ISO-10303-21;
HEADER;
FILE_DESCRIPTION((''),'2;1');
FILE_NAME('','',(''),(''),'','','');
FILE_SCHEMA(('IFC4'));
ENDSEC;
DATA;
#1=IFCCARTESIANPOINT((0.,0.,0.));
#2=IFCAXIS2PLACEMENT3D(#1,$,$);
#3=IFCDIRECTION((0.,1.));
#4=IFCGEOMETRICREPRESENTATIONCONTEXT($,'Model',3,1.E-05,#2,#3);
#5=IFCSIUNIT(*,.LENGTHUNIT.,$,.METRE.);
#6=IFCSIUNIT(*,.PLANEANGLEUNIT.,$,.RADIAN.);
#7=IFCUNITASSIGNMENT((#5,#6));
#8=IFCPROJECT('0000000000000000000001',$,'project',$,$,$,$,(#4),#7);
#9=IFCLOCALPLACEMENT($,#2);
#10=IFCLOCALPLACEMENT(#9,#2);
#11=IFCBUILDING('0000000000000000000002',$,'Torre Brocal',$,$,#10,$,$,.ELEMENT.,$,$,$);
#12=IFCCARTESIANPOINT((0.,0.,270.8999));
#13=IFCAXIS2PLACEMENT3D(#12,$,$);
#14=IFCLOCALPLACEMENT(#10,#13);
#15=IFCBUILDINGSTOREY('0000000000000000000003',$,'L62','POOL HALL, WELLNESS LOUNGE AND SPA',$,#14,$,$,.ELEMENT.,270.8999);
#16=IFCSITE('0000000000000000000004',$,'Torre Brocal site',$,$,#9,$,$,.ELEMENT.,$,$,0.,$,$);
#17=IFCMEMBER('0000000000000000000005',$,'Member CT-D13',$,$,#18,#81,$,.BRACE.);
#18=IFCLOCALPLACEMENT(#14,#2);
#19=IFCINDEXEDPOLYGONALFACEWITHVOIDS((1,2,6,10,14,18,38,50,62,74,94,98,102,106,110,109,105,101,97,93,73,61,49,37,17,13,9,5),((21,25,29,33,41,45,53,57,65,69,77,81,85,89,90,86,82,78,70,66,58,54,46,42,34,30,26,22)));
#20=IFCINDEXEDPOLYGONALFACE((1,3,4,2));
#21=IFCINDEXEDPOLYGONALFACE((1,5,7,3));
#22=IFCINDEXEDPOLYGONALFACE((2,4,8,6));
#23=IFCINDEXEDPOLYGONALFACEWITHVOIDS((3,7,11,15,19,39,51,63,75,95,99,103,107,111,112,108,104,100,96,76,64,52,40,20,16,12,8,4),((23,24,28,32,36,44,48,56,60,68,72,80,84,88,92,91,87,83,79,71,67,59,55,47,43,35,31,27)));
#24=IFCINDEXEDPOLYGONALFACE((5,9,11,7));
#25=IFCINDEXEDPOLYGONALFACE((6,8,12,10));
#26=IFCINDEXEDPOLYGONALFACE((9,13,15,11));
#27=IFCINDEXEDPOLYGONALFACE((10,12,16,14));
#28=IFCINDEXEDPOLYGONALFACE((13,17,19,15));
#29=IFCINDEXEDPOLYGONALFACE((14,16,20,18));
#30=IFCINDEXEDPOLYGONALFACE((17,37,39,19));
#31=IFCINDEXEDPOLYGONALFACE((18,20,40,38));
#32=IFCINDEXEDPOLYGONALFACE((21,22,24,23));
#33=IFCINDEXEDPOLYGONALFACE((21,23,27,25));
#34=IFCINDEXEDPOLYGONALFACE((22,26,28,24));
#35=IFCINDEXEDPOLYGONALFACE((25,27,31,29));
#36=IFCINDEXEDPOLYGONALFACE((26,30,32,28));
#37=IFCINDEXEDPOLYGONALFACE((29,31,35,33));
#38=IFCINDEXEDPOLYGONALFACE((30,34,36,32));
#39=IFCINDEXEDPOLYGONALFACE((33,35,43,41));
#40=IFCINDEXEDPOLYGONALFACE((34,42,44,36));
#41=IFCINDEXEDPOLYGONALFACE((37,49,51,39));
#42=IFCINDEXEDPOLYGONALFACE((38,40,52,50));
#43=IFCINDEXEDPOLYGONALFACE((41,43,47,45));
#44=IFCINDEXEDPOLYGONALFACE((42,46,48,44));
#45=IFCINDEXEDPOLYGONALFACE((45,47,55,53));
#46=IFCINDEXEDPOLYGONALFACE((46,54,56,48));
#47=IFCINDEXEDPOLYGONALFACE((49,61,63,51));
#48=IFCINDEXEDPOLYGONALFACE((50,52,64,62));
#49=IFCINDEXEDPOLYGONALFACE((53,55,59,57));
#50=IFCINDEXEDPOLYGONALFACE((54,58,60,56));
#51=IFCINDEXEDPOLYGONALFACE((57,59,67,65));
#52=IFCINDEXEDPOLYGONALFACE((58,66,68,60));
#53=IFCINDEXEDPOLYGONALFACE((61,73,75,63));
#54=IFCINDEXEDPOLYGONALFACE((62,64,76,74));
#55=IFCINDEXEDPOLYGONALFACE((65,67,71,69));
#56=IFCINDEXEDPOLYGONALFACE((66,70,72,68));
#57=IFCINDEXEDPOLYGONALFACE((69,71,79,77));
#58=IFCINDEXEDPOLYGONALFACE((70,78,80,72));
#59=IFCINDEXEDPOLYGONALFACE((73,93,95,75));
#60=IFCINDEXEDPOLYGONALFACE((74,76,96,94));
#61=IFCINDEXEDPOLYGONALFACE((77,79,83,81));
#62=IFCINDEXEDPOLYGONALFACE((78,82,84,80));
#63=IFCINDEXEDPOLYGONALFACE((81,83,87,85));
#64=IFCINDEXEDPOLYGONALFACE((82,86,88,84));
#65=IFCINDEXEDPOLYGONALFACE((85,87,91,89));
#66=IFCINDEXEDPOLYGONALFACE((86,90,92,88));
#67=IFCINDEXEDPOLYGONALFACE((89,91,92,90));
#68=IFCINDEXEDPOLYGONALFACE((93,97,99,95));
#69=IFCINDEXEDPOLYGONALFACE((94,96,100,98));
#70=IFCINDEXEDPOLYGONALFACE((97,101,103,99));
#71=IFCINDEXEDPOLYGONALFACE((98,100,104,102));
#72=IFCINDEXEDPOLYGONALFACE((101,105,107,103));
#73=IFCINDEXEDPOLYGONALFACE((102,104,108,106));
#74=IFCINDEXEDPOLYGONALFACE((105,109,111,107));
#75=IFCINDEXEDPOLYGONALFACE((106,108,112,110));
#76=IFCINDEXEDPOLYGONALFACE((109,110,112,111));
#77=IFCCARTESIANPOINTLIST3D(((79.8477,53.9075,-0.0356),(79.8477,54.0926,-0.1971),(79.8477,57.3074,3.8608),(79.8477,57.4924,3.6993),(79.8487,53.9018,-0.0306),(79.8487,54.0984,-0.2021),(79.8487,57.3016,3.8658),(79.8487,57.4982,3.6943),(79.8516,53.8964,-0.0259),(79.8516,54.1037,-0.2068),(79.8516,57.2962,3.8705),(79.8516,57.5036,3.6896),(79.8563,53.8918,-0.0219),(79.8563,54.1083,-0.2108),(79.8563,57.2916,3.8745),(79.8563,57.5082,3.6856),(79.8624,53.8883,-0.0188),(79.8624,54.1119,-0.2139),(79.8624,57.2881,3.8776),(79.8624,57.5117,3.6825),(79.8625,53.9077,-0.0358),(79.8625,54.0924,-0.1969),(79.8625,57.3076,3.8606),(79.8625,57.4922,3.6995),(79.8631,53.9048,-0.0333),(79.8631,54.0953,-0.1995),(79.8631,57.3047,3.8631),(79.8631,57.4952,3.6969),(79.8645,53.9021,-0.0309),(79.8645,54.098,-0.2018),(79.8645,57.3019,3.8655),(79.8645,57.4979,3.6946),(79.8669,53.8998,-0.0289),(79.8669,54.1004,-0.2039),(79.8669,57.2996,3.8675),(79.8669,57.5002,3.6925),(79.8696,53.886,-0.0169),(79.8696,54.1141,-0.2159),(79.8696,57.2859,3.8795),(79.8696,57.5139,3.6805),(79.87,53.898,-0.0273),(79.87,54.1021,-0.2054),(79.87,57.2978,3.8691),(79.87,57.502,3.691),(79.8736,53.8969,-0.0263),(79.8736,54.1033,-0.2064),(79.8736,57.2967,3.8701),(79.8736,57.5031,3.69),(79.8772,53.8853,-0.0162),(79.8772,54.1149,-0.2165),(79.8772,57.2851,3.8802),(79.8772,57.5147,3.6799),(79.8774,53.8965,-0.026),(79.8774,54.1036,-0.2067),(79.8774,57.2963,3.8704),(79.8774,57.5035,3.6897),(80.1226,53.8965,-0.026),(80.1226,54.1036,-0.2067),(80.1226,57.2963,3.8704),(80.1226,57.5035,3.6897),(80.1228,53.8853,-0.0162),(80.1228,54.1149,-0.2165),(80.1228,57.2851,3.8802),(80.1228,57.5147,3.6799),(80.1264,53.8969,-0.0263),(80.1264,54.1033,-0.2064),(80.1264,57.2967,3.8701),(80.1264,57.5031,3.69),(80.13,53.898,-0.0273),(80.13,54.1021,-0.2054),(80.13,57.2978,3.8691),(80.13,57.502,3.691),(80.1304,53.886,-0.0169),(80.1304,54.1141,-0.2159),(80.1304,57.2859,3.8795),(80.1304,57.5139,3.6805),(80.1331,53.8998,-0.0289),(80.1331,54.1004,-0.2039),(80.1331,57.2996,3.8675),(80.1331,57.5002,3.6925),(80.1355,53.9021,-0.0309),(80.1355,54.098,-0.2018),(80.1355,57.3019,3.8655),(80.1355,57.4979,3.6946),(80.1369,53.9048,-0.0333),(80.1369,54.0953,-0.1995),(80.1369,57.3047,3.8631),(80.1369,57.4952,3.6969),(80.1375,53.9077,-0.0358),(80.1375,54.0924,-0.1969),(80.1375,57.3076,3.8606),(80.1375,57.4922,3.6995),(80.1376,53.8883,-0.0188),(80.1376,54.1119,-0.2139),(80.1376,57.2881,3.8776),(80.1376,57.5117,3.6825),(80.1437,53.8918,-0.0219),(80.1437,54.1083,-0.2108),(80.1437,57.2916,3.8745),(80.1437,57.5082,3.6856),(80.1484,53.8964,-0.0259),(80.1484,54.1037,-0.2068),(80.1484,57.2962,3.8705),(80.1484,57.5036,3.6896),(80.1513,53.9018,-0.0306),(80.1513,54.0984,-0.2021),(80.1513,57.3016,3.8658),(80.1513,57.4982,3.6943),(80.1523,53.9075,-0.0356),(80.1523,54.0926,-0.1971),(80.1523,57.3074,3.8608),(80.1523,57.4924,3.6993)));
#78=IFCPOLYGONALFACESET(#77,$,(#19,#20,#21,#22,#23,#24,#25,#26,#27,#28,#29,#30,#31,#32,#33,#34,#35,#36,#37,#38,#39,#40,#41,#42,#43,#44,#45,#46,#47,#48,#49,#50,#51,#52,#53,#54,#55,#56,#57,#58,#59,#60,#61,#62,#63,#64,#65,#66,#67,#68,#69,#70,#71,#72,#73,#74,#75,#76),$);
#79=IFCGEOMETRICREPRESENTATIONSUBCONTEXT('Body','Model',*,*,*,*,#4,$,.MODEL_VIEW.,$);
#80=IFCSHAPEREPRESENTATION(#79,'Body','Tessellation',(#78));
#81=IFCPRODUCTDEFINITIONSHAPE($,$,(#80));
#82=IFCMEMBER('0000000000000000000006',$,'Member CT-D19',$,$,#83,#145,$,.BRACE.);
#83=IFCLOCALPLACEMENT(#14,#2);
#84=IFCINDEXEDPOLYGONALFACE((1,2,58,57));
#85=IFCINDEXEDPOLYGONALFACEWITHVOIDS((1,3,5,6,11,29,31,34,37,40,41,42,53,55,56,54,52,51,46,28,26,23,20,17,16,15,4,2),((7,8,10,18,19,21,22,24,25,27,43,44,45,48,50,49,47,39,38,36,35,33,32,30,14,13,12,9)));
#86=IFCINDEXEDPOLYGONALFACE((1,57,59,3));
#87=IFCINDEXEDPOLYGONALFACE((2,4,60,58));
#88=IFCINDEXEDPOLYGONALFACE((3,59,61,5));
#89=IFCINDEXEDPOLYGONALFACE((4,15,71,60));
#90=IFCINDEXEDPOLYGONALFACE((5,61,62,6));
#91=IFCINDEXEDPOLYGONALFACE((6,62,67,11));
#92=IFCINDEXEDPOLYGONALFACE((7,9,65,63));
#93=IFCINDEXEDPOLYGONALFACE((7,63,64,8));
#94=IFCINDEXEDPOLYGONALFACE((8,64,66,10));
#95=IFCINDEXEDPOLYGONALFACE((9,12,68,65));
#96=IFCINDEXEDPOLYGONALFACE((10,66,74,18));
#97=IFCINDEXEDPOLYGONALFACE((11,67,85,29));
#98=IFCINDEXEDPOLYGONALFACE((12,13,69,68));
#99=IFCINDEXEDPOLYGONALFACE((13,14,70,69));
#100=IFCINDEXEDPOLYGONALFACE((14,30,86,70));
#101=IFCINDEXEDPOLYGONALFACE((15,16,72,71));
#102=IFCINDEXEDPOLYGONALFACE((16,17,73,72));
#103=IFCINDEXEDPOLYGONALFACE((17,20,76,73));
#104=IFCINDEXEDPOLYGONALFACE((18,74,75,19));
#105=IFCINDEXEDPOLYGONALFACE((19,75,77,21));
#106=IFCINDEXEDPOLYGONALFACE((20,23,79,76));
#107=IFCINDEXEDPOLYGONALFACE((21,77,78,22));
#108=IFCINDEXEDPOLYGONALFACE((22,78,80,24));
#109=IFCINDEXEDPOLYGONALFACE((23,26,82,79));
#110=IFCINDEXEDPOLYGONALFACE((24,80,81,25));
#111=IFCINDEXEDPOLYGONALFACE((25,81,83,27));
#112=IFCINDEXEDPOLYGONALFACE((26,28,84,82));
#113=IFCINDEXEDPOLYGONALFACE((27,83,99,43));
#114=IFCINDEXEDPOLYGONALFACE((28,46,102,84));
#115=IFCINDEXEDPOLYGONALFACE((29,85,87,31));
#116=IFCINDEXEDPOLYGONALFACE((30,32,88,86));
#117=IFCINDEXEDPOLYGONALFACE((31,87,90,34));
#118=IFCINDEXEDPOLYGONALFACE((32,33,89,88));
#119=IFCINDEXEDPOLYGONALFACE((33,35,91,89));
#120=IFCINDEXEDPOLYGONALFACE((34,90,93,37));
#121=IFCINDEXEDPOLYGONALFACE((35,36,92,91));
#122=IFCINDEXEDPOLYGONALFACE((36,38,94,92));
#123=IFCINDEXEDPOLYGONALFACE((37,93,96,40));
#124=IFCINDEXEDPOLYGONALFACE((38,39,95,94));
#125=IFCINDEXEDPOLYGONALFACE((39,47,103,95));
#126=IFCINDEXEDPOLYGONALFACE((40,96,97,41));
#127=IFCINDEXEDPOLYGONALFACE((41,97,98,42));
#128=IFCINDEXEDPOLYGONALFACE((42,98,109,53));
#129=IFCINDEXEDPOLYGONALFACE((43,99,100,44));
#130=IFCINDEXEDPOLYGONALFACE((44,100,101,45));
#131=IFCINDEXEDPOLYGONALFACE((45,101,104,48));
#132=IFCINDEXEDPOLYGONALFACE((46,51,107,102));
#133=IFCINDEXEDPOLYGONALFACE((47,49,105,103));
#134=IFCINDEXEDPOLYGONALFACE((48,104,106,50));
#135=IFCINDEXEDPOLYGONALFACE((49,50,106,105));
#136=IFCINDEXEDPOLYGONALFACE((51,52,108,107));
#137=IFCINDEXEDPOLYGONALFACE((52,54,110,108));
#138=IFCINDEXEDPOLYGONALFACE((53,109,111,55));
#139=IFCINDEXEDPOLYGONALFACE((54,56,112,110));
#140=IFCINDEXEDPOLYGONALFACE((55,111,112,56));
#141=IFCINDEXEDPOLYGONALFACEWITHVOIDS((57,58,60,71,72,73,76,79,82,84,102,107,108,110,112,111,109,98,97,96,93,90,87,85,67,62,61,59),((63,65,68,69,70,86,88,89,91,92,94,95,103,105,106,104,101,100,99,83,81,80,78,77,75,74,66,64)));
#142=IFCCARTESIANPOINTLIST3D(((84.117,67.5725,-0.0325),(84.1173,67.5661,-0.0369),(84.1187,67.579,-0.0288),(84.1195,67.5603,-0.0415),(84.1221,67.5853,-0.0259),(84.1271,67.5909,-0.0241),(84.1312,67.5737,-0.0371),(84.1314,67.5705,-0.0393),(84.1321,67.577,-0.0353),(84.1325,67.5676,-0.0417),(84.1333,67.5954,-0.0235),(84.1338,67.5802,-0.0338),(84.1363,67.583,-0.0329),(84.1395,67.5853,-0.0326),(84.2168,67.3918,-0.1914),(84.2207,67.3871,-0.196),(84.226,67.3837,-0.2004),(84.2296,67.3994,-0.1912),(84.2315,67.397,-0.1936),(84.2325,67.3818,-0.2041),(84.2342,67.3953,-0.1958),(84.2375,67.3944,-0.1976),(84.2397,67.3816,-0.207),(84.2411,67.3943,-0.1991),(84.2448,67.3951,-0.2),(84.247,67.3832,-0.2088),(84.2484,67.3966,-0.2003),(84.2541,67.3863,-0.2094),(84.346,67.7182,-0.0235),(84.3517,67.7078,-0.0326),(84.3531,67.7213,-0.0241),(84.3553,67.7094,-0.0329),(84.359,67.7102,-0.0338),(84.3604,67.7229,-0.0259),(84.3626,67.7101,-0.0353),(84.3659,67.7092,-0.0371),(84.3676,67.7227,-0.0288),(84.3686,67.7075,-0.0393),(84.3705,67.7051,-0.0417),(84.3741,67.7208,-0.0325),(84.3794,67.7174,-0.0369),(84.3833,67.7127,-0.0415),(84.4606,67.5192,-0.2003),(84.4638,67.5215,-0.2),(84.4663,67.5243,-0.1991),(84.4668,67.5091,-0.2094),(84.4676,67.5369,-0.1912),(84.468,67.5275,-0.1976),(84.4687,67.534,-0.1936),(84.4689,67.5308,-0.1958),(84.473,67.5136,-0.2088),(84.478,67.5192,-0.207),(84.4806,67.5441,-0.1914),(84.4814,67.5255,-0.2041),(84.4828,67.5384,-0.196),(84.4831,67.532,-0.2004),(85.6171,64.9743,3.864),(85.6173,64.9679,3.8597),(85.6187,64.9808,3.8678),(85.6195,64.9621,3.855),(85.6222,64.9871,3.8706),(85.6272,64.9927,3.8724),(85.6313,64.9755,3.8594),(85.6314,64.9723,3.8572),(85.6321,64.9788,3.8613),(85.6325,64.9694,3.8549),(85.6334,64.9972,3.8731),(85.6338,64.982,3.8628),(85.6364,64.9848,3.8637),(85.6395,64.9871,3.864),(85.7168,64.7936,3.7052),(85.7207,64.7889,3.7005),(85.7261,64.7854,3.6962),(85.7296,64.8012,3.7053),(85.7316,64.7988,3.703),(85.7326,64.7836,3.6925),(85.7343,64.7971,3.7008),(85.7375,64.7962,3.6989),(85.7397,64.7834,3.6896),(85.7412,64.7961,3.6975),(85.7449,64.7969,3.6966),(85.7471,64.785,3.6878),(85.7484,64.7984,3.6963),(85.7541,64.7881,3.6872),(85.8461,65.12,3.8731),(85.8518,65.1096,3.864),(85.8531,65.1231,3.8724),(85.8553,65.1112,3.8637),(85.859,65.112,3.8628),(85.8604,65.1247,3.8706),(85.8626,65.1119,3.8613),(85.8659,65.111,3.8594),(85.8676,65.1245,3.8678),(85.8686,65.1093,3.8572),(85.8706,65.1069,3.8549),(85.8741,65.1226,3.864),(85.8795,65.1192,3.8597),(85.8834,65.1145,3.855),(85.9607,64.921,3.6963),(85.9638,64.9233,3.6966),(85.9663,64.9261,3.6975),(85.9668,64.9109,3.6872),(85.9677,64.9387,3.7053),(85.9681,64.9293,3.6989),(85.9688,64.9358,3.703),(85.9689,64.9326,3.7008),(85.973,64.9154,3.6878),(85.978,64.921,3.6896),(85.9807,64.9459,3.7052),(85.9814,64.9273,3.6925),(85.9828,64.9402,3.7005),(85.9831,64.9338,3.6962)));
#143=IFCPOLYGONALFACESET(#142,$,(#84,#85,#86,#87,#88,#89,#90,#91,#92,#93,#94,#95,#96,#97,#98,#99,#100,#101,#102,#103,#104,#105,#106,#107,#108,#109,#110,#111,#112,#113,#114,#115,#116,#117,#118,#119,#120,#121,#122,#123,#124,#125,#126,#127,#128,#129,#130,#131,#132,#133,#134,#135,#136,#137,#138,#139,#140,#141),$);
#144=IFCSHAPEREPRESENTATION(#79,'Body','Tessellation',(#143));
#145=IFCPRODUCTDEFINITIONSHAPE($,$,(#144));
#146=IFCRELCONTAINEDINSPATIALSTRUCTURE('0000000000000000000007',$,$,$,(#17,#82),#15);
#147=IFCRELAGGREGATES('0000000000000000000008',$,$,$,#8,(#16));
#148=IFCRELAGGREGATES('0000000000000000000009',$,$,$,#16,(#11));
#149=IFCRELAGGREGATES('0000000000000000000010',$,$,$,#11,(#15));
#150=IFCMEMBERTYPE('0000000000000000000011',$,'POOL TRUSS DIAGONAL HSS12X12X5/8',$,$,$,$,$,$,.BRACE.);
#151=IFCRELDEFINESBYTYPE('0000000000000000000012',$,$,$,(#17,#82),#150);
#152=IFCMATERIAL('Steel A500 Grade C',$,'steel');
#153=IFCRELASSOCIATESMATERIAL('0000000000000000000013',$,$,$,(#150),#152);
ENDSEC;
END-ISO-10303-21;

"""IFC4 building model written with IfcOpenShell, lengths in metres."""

from ifc_helpers import new_model, si_unit, direction, frame, origin, origin_2d, place, context, subcontext, project, spatial, hollow_rectangle, extrude, material, material_profile, profile_set, type_object, element, save


model = new_model("IFC4")

# Units and contexts
model_context = context("Model", 3, precision=1e-05, world=origin(), true_north=direction((0.0, 1.0)))
body_context = subcontext(model_context, "Body", "Model", "MODEL_VIEW")
ifc_project = project(units=[si_unit("LENGTHUNIT", "METRE"), si_unit("PLANEANGLEUNIT", "RADIAN")], contexts=[model_context])

# Site, building, storey
site_placement = place(None, origin())
site = spatial("IfcSite", under=ifc_project, at=site_placement, Name="Torre Brocal site", CompositionType="ELEMENT", RefElevation=0.0)
building_placement = place(site_placement, origin())
building = spatial("IfcBuilding", under=site, at=building_placement, Name="Torre Brocal", CompositionType="ELEMENT")
storey_placement = place(building_placement, frame((0.0, 0.0, 270.8999)))
storey = spatial("IfcBuildingStorey", under=building, at=storey_placement, Name="L62", Description="POOL HALL, WELLNESS LOUNGE AND SPA", CompositionType="ELEMENT", Elevation=270.8999)

# Members
ifc_material_1 = material(Name="Steel A500 Grade C", Category="steel")
ifc_material_profile_1 = material_profile(ifc_material_1, hollow_rectangle(XDim=0.3047, YDim=0.3047, WallThickness=0.0149, InnerFilletRadius=0.0149, OuterFilletRadius=0.0295, at=origin_2d()), Name="HSS12X12X5/8")
ifc_profile_set_1 = profile_set([ifc_material_profile_1], Name="Steel A500 Grade C")
member_type_1 = type_object("IfcMemberType", Name="POOL TRUSS DIAGONAL HSS12X12X5/8", PredefinedType="BRACE", material=ifc_profile_set_1)
member_1_placement = place(storey_placement, frame((80.0, 57.3999, 3.78), z_axis=(0.0, -0.657461, -0.753488), x_axis=(1.0, 0.0, 0.0)))
element("IfcMember", 1, at=member_1_placement, inside=storey, type_object=member_type_1, Name="Member CT-D13", PredefinedType="BRACE", context=body_context, shape_type="SweptSolid", body=[
    extrude(hollow_rectangle(XDim=0.3047, YDim=0.3047, WallThickness=0.0149, InnerFilletRadius=0.0149, OuterFilletRadius=0.0295, at=origin_2d()), origin(), (0.0, 0.0, 1.0), 5.1711),
])
for number, where, z_axis, x_axis, name in (
    (2, (84.3, 67.5522, -0.1165), (0.305026, -0.528334, 0.792352), (0.866031, 0.49999, 0.0), "Member CT-D19"),
):
    element("IfcMember", number, at=place(storey_placement, frame(where, z_axis=z_axis, x_axis=x_axis)), inside=storey, type_object=member_type_1, Name=name, PredefinedType="BRACE", context=body_context, shape_type="SweptSolid", body=[
        extrude(hollow_rectangle(XDim=0.3047, YDim=0.3047, WallThickness=0.0149, InnerFilletRadius=0.0149, OuterFilletRadius=0.0295, at=origin_2d()), origin(), (0.0, 0.0, 1.0), 4.9177),
    ])

save(model, "model.ifc")
